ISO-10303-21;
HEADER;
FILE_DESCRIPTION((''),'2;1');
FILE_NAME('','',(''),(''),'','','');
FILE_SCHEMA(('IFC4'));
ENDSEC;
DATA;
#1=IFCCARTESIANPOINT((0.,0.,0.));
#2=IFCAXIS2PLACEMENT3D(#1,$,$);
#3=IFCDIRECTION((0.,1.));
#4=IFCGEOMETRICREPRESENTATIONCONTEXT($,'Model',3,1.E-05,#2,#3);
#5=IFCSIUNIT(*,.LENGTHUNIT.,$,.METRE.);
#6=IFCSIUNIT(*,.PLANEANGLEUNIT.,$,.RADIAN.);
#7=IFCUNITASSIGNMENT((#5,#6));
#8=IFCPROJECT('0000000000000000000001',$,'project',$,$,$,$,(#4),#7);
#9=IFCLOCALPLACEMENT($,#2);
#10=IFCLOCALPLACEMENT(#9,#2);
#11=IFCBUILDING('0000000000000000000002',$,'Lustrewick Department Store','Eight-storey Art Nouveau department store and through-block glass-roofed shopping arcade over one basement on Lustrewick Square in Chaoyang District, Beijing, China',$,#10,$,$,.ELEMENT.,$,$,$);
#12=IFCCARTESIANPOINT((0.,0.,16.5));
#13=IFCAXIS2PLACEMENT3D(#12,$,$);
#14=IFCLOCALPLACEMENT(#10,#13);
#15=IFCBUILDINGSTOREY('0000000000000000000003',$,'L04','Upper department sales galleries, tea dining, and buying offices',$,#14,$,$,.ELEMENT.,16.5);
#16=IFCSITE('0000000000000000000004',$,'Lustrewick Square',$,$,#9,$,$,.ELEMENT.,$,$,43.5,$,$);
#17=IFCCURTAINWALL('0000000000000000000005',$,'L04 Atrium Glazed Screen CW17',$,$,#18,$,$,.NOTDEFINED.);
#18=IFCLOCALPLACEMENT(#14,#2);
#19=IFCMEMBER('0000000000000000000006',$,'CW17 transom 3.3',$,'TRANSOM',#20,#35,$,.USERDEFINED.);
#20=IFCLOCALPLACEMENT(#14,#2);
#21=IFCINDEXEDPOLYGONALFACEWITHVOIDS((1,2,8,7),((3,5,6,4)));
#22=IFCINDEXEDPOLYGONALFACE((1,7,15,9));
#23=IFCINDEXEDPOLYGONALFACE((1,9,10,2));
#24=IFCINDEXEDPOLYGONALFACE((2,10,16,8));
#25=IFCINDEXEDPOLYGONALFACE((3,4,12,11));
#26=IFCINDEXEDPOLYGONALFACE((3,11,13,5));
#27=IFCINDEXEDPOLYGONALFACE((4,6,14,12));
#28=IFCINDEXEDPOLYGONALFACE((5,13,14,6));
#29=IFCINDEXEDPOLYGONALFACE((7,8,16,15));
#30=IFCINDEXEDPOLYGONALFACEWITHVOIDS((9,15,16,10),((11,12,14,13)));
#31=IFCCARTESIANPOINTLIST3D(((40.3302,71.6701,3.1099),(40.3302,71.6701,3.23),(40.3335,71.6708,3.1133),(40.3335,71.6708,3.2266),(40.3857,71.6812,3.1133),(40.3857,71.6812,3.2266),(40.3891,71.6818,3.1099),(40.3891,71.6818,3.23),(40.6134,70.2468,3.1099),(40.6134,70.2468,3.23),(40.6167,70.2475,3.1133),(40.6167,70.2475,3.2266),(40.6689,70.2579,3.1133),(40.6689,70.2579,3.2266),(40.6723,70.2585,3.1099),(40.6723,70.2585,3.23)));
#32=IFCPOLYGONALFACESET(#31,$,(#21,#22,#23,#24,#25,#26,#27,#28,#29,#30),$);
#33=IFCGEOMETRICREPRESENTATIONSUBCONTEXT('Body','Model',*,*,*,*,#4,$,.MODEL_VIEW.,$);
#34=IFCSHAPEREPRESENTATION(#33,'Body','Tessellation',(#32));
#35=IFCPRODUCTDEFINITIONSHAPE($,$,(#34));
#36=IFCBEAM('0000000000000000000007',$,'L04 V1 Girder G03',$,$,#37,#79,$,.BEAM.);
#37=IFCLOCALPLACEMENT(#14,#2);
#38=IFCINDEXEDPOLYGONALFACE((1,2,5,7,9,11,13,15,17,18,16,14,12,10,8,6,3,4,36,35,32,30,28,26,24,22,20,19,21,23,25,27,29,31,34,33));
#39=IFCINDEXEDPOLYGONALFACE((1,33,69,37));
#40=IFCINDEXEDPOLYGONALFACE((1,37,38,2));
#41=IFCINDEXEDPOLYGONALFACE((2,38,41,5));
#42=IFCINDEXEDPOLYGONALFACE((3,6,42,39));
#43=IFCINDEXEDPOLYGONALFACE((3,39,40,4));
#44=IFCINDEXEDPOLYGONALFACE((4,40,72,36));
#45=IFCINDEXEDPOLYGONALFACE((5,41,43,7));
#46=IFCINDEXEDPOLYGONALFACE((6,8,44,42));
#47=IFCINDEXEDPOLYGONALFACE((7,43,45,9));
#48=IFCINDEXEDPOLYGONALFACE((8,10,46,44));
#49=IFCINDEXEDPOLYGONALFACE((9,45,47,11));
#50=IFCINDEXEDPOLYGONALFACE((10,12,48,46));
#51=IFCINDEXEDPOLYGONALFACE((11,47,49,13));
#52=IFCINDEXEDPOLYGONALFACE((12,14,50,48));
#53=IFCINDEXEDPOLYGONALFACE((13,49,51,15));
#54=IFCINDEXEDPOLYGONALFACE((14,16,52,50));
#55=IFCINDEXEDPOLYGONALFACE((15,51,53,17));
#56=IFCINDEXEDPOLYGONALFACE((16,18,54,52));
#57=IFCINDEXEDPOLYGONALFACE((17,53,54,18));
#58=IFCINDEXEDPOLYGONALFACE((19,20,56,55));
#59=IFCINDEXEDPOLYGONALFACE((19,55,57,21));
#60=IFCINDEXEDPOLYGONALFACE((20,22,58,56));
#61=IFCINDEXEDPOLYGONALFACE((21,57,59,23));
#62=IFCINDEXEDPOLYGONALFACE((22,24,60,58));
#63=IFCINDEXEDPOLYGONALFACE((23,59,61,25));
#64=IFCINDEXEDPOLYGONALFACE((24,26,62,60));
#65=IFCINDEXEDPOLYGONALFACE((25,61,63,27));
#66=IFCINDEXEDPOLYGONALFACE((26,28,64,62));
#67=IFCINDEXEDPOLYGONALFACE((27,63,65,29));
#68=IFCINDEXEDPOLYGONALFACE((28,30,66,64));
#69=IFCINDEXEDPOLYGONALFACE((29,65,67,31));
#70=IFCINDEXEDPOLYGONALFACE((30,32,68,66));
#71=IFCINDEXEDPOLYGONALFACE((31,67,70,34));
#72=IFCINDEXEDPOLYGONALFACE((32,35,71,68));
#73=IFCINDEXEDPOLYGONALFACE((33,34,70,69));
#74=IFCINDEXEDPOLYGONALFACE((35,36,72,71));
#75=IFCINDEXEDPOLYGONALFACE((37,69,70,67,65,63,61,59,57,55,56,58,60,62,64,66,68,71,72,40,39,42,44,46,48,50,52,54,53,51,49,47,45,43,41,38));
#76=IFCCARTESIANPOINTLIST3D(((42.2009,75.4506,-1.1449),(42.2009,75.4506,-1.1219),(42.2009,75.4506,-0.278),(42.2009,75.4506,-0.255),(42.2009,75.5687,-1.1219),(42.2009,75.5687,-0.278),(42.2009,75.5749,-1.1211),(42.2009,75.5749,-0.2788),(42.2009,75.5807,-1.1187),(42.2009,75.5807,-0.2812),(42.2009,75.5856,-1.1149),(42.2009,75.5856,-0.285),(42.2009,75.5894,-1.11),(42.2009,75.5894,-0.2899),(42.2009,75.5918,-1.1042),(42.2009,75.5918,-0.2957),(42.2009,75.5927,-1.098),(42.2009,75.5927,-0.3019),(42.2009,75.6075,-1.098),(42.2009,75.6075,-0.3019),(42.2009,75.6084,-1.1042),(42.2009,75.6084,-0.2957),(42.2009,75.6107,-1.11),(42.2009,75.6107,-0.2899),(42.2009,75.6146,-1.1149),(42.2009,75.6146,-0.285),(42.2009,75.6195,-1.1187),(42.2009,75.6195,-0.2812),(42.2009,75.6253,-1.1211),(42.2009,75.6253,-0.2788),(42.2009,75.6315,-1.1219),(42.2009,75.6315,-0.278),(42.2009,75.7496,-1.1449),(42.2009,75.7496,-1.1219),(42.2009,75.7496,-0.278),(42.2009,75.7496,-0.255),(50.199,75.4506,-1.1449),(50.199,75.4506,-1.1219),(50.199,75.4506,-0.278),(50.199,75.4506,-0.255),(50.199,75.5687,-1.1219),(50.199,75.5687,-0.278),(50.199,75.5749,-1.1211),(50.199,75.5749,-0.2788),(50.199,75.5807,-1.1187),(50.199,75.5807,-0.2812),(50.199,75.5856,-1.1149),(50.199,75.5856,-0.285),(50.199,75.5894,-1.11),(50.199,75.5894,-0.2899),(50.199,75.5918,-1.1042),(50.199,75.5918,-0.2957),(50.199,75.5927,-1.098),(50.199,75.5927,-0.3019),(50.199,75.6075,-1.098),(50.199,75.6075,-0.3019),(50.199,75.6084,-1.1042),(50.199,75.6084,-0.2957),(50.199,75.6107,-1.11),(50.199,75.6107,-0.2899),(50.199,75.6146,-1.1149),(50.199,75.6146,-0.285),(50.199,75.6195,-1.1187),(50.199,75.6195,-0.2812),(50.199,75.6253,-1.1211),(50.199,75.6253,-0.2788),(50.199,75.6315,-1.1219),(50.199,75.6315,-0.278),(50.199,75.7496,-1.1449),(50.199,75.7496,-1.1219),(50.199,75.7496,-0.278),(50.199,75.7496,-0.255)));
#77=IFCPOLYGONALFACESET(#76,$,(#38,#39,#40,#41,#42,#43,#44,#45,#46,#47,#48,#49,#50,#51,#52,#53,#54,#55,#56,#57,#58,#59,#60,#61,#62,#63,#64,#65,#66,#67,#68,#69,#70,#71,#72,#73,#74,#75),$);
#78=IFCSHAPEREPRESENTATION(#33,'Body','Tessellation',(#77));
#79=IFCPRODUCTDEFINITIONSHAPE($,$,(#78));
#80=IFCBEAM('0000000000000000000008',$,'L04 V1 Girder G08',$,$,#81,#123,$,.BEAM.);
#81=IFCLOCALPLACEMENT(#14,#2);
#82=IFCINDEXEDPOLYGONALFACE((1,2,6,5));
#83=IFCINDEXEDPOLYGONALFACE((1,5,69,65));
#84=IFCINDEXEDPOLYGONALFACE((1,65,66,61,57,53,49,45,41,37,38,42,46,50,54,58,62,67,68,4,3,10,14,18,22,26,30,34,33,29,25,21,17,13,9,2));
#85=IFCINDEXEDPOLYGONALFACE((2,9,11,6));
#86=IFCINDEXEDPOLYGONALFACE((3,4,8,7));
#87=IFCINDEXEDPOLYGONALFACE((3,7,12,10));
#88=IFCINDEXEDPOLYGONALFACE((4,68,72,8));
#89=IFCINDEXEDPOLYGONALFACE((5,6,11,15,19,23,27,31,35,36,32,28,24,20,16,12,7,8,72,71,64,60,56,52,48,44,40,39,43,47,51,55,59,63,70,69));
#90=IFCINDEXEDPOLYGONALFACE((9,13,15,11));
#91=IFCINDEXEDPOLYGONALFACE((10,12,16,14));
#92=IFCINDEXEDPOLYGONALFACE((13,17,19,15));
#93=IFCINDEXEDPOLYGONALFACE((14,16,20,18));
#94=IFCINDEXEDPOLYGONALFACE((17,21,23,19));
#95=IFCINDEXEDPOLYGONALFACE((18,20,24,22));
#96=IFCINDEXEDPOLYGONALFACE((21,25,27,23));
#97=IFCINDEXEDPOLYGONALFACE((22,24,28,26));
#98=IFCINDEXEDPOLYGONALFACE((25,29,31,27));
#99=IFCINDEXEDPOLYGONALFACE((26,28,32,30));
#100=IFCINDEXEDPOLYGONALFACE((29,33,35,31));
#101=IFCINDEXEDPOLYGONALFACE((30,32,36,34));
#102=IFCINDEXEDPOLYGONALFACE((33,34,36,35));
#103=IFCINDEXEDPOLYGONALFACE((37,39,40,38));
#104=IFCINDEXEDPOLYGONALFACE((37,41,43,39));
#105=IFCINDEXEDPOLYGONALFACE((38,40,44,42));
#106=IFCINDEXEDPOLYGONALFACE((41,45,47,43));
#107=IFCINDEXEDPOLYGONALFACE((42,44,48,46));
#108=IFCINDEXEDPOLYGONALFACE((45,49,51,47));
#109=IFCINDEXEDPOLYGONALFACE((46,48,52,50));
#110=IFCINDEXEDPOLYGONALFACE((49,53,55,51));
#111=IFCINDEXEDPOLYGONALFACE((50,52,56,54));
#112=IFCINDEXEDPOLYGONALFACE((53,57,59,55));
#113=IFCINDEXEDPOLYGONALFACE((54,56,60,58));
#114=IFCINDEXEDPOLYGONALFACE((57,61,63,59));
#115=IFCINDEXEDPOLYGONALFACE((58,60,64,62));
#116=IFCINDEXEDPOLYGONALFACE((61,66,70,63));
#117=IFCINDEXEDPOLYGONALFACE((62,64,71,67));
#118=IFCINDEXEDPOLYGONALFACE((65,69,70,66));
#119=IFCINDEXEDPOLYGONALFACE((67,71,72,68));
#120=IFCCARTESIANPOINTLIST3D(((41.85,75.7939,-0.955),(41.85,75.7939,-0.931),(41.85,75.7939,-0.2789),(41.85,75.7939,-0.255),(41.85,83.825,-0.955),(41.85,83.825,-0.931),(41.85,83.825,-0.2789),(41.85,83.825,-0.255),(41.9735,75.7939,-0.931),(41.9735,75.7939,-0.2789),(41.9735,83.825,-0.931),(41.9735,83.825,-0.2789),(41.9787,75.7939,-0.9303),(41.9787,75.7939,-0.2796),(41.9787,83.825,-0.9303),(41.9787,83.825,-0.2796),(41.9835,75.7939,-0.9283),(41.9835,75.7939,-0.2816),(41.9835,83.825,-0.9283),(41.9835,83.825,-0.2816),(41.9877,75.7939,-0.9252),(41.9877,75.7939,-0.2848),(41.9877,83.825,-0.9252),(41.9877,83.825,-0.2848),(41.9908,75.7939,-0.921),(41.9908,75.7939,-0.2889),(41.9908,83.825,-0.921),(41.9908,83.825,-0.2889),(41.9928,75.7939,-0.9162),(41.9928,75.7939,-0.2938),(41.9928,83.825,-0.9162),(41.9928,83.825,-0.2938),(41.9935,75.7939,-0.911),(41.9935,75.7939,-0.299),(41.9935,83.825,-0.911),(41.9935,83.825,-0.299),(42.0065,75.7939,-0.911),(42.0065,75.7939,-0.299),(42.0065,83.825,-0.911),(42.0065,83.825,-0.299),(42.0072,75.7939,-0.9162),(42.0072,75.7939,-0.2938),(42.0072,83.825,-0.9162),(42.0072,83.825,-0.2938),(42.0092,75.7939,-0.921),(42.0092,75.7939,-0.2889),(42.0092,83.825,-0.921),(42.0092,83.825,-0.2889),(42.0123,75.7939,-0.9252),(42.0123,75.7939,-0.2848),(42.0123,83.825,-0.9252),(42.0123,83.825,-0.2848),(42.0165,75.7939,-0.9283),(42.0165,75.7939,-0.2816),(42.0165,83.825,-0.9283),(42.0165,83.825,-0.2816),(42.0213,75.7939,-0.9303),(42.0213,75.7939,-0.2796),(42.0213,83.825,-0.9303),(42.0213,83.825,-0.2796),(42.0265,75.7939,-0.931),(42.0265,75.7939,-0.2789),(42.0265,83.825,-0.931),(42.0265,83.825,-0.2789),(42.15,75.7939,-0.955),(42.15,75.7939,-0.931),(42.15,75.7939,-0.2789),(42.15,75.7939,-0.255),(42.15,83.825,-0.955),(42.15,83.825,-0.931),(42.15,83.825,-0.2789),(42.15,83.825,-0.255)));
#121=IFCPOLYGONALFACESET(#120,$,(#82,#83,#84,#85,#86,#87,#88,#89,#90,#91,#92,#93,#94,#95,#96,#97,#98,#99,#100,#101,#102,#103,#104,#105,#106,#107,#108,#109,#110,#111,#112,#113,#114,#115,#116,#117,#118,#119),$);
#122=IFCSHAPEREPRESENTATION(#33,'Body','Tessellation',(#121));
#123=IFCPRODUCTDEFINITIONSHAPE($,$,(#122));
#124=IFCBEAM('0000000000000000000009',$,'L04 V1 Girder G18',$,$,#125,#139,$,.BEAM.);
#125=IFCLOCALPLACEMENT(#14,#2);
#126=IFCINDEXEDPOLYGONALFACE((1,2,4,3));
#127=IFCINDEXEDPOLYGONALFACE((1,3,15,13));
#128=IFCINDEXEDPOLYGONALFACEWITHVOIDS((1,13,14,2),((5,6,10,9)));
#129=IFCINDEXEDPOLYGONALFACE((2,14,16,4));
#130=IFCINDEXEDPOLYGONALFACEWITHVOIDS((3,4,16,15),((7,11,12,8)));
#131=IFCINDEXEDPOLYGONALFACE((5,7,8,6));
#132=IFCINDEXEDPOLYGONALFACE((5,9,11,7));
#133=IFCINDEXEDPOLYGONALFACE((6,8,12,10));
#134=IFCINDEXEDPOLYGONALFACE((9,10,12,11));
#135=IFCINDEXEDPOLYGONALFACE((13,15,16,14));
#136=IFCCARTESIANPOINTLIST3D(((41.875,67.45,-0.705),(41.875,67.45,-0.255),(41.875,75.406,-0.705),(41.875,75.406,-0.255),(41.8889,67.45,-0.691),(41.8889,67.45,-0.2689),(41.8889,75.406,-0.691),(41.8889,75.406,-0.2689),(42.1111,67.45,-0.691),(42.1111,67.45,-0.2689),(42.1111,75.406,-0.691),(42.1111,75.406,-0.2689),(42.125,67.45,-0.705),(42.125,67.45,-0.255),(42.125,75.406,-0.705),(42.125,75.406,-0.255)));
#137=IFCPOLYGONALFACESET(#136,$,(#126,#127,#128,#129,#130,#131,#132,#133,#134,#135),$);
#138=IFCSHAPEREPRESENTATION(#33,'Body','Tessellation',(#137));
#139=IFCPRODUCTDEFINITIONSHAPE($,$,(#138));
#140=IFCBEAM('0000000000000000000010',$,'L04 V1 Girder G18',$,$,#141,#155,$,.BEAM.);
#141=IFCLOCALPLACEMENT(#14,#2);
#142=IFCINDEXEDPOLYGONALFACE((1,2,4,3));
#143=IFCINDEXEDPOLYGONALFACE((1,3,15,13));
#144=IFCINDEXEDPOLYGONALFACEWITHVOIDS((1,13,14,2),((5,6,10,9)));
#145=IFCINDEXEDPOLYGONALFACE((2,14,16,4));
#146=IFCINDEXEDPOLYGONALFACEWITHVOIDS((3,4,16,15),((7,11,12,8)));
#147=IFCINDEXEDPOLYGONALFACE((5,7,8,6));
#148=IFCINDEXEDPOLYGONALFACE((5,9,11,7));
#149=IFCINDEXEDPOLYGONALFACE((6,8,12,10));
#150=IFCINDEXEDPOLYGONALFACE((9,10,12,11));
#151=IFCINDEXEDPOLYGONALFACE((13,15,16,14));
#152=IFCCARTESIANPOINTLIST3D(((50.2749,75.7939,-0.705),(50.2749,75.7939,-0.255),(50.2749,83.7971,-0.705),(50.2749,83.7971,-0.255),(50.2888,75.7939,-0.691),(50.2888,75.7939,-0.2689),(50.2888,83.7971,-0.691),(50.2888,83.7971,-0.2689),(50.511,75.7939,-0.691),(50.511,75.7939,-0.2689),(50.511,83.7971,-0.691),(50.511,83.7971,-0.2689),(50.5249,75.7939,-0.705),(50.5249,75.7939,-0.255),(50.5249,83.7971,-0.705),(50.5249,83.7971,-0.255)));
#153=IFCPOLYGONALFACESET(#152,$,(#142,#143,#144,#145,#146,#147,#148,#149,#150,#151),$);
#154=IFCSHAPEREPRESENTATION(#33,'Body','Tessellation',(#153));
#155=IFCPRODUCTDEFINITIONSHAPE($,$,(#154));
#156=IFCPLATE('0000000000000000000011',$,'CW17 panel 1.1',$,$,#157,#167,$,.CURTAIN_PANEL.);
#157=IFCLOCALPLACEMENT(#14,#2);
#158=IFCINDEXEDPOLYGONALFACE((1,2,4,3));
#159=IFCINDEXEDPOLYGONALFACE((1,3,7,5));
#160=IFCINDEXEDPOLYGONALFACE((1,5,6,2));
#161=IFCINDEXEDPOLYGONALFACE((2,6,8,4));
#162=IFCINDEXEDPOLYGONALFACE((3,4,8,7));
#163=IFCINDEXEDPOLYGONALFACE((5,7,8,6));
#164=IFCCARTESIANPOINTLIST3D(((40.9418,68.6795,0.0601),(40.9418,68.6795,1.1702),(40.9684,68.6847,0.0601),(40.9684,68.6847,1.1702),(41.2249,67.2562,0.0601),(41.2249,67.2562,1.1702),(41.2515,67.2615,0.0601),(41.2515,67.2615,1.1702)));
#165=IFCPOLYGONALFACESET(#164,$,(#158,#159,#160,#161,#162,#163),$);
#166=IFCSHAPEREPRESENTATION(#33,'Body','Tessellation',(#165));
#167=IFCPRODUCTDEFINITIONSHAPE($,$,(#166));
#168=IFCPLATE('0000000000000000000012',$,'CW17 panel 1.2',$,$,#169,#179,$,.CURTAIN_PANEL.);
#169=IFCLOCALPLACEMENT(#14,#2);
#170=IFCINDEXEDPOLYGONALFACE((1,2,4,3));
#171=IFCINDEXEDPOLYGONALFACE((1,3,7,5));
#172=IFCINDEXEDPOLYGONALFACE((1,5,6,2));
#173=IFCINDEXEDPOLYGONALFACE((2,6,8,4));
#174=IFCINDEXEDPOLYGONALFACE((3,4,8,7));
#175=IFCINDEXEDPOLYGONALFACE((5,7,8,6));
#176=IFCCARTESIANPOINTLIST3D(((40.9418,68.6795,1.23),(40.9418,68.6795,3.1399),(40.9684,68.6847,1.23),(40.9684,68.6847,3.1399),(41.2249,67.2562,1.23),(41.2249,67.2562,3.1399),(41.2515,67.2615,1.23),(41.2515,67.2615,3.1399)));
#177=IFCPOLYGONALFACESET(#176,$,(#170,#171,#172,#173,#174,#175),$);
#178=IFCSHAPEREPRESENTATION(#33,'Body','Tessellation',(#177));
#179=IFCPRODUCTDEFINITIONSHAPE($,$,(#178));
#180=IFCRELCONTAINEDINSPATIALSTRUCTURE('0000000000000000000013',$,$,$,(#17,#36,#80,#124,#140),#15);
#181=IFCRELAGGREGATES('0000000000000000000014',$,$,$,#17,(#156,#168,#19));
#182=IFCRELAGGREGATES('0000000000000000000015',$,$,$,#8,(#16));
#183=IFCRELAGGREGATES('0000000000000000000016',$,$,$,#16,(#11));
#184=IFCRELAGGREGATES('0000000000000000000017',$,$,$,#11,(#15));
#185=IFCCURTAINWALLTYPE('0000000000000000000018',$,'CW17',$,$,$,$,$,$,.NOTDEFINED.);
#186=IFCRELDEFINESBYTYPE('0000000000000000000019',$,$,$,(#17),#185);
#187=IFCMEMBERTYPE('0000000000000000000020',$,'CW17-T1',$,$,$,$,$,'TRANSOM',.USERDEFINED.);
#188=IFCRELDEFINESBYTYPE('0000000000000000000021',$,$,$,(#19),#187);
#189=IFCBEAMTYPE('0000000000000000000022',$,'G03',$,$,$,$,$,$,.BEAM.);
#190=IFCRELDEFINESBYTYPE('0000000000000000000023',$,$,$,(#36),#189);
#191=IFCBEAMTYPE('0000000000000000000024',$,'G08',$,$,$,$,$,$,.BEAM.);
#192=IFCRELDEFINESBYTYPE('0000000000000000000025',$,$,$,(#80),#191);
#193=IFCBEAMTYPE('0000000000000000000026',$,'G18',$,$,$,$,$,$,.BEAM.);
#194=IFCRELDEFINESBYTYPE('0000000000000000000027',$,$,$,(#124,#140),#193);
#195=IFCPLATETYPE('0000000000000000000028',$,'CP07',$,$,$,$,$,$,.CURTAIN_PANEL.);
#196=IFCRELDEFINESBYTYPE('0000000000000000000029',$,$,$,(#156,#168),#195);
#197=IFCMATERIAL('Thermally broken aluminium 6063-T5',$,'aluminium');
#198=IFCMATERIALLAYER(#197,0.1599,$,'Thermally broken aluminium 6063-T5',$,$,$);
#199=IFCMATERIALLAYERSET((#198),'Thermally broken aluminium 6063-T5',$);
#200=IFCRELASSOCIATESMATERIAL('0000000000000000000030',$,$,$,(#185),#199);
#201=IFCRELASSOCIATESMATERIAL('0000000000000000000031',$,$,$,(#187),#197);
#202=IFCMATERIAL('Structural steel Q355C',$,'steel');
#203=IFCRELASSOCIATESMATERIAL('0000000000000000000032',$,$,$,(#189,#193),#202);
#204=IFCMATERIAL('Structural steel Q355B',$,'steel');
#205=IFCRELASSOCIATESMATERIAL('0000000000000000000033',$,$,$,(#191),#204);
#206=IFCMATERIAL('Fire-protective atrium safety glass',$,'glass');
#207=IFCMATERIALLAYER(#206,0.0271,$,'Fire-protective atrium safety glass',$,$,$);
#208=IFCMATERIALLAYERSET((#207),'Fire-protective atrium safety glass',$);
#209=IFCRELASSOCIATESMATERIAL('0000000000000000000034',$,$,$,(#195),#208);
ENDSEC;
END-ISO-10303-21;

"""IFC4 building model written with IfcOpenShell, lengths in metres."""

from ifc_helpers import new_model, si_unit, direction, frame, origin, origin_2d, place, context, subcontext, project, spatial, rectangle, hollow_rectangle, i_section, extrude, material, layer, layer_set, material_profile, profile_set, type_object, element, aggregate, save


model = new_model("IFC4")

# Units and contexts
model_context = context("Model", 3, precision=1e-05, world=origin(), true_north=direction((0.0, 1.0)))
body_context = subcontext(model_context, "Body", "Model", "MODEL_VIEW")
ifc_project = project(units=[si_unit("LENGTHUNIT", "METRE"), si_unit("PLANEANGLEUNIT", "RADIAN")], contexts=[model_context])

# Site, building, storey
site_placement = place(None, origin())
site = spatial("IfcSite", under=ifc_project, at=site_placement, Name="Lustrewick Square", CompositionType="ELEMENT", RefElevation=43.5)
building_placement = place(site_placement, origin())
building = spatial("IfcBuilding", under=site, at=building_placement, Name="Lustrewick Department Store", Description="Eight-storey Art Nouveau department store and through-block glass-roofed shopping arcade over one basement on Lustrewick Square in Chaoyang District, Beijing, China", CompositionType="ELEMENT")
storey_placement = place(building_placement, frame((0.0, 0.0, 16.5)))
storey = spatial("IfcBuildingStorey", under=building, at=storey_placement, Name="L04", Description="Upper department sales galleries, tea dining, and buying offices", CompositionType="ELEMENT", Elevation=16.5)

# Shared definitions
ifc_material_1 = material(Name="Structural steel Q355B", Category="steel")

# Curtain wall, member
ifc_material_2 = material(Name="Thermally broken aluminium 6063-T5", Category="aluminium")
ifc_layer_1 = layer(ifc_material_2, 0.1599, Name="Thermally broken aluminium 6063-T5")
ifc_layer_set_1 = layer_set([ifc_layer_1], Name="Thermally broken aluminium 6063-T5")
curtain_wall_type = type_object("IfcCurtainWallType", Name="CW17", PredefinedType="NOTDEFINED", material=ifc_layer_set_1)
curtain_wall_placement = place(storey_placement, origin())
curtain_wall = element("IfcCurtainWall", 1, at=curtain_wall_placement, inside=storey, type_object=curtain_wall_type, Name="L04 Atrium Glazed Screen CW17", PredefinedType="NOTDEFINED")
ifc_material_profile_1 = material_profile(ifc_material_2, hollow_rectangle(XDim=0.0601, YDim=0.1201, WallThickness=0.0034, at=origin_2d()), Name="ALU-T 60x120x3.5")
ifc_profile_set_1 = profile_set([ifc_material_profile_1], Name="Thermally broken aluminium 6063-T5")
member_type_1 = type_object("IfcMemberType", Name="CW17-T1", ElementType="TRANSOM", PredefinedType="USERDEFINED", material=ifc_profile_set_1)
member_1_placement = place(storey_placement, frame((40.6428, 70.2527, 3.1699), z_axis=(-0.195145, 0.980774, 0.0), x_axis=(-0.980774, -0.195145, 0.0)))
member_1 = element("IfcMember", 2, at=member_1_placement, type_object=member_type_1, Name="CW17 transom 3.3", ObjectType="TRANSOM", PredefinedType="USERDEFINED", context=body_context, shape_type="SweptSolid", body=[
    extrude(hollow_rectangle(XDim=0.0601, YDim=0.1201, WallThickness=0.0034, at=origin_2d()), origin(), (0.0, 0.0, 1.0), 1.4512),
])

# Beams
ifc_material_3 = material(Name="Structural steel Q355C", Category="steel")
ifc_material_profile_2 = material_profile(ifc_material_3, i_section(OverallWidth=0.2991, OverallDepth=0.8899, WebThickness=0.0149, FlangeThickness=0.0229, FilletRadius=0.0239, at=origin_2d()), Name="HN 890x299x15x23")
ifc_profile_set_2 = profile_set([ifc_material_profile_2], Name="Structural steel Q355C")
beam_type_1 = type_object("IfcBeamType", Name="G03", PredefinedType="BEAM", material=ifc_profile_set_2)
beam_1_placement = place(storey_placement, frame((42.2009, 75.6001, -0.7), z_axis=(1.0, 0.0, 0.0), x_axis=(0.0, 1.0, 0.0)))
element("IfcBeam", 3, at=beam_1_placement, inside=storey, type_object=beam_type_1, Name="L04 V1 Girder G03", PredefinedType="BEAM", context=body_context, shape_type="SweptSolid", body=[
    extrude(i_section(OverallWidth=0.2991, OverallDepth=0.8899, WebThickness=0.0149, FlangeThickness=0.0229, FilletRadius=0.0239, at=origin_2d()), origin(), (0.0, 0.0, 1.0), 7.998),
])
ifc_material_profile_3 = material_profile(ifc_material_1, i_section(OverallWidth=0.3, OverallDepth=0.7, WebThickness=0.0129, FlangeThickness=0.0239, FilletRadius=0.02, at=origin_2d()), Name="HN 700x300x13x24")
ifc_profile_set_3 = profile_set([ifc_material_profile_3], Name="Structural steel Q355B")
beam_type_2 = type_object("IfcBeamType", Name="G08", PredefinedType="BEAM", material=ifc_profile_set_3)
beam_2_placement = place(storey_placement, frame((42.0, 75.7939, -0.605), z_axis=(0.0, 1.0, 0.0), x_axis=(-1.0, 0.0, 0.0)))
element("IfcBeam", 4, at=beam_2_placement, inside=storey, type_object=beam_type_2, Name="L04 V1 Girder G08", PredefinedType="BEAM", context=body_context, shape_type="SweptSolid", body=[
    extrude(i_section(OverallWidth=0.3, OverallDepth=0.7, WebThickness=0.0129, FlangeThickness=0.0239, FilletRadius=0.02, at=origin_2d()), origin(), (0.0, 0.0, 1.0), 8.031),
])
ifc_material_profile_4 = material_profile(ifc_material_3, hollow_rectangle(XDim=0.25, YDim=0.45, WallThickness=0.0139, at=origin_2d()), Name="RHS 450x250x14")
ifc_profile_set_4 = profile_set([ifc_material_profile_4], Name="Structural steel Q355C")
beam_type_3 = type_object("IfcBeamType", Name="G18", PredefinedType="BEAM", material=ifc_profile_set_4)
beam_3_placement = place(storey_placement, frame((42.0, 67.45, -0.48), z_axis=(0.0, 1.0, 0.0), x_axis=(-1.0, 0.0, 0.0)))
element("IfcBeam", 5, at=beam_3_placement, inside=storey, type_object=beam_type_3, Name="L04 V1 Girder G18", PredefinedType="BEAM", context=body_context, shape_type="SweptSolid", body=[
    extrude(hollow_rectangle(XDim=0.25, YDim=0.45, WallThickness=0.0139, at=origin_2d()), origin(), (0.0, 0.0, 1.0), 7.9561),
])
beam_4_placement = place(storey_placement, frame((50.3999, 75.7939, -0.48), z_axis=(0.0, 1.0, 0.0), x_axis=(-1.0, 0.0, 0.0)))
element("IfcBeam", 6, at=beam_4_placement, inside=storey, type_object=beam_type_3, Name="L04 V1 Girder G18", PredefinedType="BEAM", context=body_context, shape_type="SweptSolid", body=[
    extrude(hollow_rectangle(XDim=0.25, YDim=0.45, WallThickness=0.0139, at=origin_2d()), origin(), (0.0, 0.0, 1.0), 8.0032),
])

# Plates
ifc_material_4 = material(Name="Fire-protective atrium safety glass", Category="glass")
ifc_layer_2 = layer(ifc_material_4, 0.0271, Name="Fire-protective atrium safety glass")
ifc_layer_set_2 = layer_set([ifc_layer_2], Name="Fire-protective atrium safety glass")
plate_type = type_object("IfcPlateType", Name="CP07", PredefinedType="CURTAIN_PANEL", material=ifc_layer_set_2)
plate_1_placement = place(storey_placement, frame((41.0967, 67.9705, 0.0601), z_axis=(0.0, 0.0, 1.0), x_axis=(-0.195085, 0.980786, 0.0)))
plate_1 = element("IfcPlate", 7, at=plate_1_placement, type_object=plate_type, Name="CW17 panel 1.1", PredefinedType="CURTAIN_PANEL", context=body_context, shape_type="SweptSolid", body=[
    extrude(rectangle(XDim=1.4512, YDim=0.0271, at=origin_2d()), origin(), (0.0, 0.0, 1.0), 1.1101),
])
plate_2_placement = place(storey_placement, frame((41.0967, 67.9705, 1.23), z_axis=(0.0, 0.0, 1.0), x_axis=(-0.195085, 0.980786, 0.0)))
plate_2 = element("IfcPlate", 8, at=plate_2_placement, type_object=plate_type, Name="CW17 panel 1.2", PredefinedType="CURTAIN_PANEL", context=body_context, shape_type="SweptSolid", body=[
    extrude(rectangle(XDim=1.4512, YDim=0.0271, at=origin_2d()), origin(), (0.0, 0.0, 1.0), 1.9099),
])
aggregate(curtain_wall, [plate_1, plate_2, member_1])

save(model, "model.ifc")
